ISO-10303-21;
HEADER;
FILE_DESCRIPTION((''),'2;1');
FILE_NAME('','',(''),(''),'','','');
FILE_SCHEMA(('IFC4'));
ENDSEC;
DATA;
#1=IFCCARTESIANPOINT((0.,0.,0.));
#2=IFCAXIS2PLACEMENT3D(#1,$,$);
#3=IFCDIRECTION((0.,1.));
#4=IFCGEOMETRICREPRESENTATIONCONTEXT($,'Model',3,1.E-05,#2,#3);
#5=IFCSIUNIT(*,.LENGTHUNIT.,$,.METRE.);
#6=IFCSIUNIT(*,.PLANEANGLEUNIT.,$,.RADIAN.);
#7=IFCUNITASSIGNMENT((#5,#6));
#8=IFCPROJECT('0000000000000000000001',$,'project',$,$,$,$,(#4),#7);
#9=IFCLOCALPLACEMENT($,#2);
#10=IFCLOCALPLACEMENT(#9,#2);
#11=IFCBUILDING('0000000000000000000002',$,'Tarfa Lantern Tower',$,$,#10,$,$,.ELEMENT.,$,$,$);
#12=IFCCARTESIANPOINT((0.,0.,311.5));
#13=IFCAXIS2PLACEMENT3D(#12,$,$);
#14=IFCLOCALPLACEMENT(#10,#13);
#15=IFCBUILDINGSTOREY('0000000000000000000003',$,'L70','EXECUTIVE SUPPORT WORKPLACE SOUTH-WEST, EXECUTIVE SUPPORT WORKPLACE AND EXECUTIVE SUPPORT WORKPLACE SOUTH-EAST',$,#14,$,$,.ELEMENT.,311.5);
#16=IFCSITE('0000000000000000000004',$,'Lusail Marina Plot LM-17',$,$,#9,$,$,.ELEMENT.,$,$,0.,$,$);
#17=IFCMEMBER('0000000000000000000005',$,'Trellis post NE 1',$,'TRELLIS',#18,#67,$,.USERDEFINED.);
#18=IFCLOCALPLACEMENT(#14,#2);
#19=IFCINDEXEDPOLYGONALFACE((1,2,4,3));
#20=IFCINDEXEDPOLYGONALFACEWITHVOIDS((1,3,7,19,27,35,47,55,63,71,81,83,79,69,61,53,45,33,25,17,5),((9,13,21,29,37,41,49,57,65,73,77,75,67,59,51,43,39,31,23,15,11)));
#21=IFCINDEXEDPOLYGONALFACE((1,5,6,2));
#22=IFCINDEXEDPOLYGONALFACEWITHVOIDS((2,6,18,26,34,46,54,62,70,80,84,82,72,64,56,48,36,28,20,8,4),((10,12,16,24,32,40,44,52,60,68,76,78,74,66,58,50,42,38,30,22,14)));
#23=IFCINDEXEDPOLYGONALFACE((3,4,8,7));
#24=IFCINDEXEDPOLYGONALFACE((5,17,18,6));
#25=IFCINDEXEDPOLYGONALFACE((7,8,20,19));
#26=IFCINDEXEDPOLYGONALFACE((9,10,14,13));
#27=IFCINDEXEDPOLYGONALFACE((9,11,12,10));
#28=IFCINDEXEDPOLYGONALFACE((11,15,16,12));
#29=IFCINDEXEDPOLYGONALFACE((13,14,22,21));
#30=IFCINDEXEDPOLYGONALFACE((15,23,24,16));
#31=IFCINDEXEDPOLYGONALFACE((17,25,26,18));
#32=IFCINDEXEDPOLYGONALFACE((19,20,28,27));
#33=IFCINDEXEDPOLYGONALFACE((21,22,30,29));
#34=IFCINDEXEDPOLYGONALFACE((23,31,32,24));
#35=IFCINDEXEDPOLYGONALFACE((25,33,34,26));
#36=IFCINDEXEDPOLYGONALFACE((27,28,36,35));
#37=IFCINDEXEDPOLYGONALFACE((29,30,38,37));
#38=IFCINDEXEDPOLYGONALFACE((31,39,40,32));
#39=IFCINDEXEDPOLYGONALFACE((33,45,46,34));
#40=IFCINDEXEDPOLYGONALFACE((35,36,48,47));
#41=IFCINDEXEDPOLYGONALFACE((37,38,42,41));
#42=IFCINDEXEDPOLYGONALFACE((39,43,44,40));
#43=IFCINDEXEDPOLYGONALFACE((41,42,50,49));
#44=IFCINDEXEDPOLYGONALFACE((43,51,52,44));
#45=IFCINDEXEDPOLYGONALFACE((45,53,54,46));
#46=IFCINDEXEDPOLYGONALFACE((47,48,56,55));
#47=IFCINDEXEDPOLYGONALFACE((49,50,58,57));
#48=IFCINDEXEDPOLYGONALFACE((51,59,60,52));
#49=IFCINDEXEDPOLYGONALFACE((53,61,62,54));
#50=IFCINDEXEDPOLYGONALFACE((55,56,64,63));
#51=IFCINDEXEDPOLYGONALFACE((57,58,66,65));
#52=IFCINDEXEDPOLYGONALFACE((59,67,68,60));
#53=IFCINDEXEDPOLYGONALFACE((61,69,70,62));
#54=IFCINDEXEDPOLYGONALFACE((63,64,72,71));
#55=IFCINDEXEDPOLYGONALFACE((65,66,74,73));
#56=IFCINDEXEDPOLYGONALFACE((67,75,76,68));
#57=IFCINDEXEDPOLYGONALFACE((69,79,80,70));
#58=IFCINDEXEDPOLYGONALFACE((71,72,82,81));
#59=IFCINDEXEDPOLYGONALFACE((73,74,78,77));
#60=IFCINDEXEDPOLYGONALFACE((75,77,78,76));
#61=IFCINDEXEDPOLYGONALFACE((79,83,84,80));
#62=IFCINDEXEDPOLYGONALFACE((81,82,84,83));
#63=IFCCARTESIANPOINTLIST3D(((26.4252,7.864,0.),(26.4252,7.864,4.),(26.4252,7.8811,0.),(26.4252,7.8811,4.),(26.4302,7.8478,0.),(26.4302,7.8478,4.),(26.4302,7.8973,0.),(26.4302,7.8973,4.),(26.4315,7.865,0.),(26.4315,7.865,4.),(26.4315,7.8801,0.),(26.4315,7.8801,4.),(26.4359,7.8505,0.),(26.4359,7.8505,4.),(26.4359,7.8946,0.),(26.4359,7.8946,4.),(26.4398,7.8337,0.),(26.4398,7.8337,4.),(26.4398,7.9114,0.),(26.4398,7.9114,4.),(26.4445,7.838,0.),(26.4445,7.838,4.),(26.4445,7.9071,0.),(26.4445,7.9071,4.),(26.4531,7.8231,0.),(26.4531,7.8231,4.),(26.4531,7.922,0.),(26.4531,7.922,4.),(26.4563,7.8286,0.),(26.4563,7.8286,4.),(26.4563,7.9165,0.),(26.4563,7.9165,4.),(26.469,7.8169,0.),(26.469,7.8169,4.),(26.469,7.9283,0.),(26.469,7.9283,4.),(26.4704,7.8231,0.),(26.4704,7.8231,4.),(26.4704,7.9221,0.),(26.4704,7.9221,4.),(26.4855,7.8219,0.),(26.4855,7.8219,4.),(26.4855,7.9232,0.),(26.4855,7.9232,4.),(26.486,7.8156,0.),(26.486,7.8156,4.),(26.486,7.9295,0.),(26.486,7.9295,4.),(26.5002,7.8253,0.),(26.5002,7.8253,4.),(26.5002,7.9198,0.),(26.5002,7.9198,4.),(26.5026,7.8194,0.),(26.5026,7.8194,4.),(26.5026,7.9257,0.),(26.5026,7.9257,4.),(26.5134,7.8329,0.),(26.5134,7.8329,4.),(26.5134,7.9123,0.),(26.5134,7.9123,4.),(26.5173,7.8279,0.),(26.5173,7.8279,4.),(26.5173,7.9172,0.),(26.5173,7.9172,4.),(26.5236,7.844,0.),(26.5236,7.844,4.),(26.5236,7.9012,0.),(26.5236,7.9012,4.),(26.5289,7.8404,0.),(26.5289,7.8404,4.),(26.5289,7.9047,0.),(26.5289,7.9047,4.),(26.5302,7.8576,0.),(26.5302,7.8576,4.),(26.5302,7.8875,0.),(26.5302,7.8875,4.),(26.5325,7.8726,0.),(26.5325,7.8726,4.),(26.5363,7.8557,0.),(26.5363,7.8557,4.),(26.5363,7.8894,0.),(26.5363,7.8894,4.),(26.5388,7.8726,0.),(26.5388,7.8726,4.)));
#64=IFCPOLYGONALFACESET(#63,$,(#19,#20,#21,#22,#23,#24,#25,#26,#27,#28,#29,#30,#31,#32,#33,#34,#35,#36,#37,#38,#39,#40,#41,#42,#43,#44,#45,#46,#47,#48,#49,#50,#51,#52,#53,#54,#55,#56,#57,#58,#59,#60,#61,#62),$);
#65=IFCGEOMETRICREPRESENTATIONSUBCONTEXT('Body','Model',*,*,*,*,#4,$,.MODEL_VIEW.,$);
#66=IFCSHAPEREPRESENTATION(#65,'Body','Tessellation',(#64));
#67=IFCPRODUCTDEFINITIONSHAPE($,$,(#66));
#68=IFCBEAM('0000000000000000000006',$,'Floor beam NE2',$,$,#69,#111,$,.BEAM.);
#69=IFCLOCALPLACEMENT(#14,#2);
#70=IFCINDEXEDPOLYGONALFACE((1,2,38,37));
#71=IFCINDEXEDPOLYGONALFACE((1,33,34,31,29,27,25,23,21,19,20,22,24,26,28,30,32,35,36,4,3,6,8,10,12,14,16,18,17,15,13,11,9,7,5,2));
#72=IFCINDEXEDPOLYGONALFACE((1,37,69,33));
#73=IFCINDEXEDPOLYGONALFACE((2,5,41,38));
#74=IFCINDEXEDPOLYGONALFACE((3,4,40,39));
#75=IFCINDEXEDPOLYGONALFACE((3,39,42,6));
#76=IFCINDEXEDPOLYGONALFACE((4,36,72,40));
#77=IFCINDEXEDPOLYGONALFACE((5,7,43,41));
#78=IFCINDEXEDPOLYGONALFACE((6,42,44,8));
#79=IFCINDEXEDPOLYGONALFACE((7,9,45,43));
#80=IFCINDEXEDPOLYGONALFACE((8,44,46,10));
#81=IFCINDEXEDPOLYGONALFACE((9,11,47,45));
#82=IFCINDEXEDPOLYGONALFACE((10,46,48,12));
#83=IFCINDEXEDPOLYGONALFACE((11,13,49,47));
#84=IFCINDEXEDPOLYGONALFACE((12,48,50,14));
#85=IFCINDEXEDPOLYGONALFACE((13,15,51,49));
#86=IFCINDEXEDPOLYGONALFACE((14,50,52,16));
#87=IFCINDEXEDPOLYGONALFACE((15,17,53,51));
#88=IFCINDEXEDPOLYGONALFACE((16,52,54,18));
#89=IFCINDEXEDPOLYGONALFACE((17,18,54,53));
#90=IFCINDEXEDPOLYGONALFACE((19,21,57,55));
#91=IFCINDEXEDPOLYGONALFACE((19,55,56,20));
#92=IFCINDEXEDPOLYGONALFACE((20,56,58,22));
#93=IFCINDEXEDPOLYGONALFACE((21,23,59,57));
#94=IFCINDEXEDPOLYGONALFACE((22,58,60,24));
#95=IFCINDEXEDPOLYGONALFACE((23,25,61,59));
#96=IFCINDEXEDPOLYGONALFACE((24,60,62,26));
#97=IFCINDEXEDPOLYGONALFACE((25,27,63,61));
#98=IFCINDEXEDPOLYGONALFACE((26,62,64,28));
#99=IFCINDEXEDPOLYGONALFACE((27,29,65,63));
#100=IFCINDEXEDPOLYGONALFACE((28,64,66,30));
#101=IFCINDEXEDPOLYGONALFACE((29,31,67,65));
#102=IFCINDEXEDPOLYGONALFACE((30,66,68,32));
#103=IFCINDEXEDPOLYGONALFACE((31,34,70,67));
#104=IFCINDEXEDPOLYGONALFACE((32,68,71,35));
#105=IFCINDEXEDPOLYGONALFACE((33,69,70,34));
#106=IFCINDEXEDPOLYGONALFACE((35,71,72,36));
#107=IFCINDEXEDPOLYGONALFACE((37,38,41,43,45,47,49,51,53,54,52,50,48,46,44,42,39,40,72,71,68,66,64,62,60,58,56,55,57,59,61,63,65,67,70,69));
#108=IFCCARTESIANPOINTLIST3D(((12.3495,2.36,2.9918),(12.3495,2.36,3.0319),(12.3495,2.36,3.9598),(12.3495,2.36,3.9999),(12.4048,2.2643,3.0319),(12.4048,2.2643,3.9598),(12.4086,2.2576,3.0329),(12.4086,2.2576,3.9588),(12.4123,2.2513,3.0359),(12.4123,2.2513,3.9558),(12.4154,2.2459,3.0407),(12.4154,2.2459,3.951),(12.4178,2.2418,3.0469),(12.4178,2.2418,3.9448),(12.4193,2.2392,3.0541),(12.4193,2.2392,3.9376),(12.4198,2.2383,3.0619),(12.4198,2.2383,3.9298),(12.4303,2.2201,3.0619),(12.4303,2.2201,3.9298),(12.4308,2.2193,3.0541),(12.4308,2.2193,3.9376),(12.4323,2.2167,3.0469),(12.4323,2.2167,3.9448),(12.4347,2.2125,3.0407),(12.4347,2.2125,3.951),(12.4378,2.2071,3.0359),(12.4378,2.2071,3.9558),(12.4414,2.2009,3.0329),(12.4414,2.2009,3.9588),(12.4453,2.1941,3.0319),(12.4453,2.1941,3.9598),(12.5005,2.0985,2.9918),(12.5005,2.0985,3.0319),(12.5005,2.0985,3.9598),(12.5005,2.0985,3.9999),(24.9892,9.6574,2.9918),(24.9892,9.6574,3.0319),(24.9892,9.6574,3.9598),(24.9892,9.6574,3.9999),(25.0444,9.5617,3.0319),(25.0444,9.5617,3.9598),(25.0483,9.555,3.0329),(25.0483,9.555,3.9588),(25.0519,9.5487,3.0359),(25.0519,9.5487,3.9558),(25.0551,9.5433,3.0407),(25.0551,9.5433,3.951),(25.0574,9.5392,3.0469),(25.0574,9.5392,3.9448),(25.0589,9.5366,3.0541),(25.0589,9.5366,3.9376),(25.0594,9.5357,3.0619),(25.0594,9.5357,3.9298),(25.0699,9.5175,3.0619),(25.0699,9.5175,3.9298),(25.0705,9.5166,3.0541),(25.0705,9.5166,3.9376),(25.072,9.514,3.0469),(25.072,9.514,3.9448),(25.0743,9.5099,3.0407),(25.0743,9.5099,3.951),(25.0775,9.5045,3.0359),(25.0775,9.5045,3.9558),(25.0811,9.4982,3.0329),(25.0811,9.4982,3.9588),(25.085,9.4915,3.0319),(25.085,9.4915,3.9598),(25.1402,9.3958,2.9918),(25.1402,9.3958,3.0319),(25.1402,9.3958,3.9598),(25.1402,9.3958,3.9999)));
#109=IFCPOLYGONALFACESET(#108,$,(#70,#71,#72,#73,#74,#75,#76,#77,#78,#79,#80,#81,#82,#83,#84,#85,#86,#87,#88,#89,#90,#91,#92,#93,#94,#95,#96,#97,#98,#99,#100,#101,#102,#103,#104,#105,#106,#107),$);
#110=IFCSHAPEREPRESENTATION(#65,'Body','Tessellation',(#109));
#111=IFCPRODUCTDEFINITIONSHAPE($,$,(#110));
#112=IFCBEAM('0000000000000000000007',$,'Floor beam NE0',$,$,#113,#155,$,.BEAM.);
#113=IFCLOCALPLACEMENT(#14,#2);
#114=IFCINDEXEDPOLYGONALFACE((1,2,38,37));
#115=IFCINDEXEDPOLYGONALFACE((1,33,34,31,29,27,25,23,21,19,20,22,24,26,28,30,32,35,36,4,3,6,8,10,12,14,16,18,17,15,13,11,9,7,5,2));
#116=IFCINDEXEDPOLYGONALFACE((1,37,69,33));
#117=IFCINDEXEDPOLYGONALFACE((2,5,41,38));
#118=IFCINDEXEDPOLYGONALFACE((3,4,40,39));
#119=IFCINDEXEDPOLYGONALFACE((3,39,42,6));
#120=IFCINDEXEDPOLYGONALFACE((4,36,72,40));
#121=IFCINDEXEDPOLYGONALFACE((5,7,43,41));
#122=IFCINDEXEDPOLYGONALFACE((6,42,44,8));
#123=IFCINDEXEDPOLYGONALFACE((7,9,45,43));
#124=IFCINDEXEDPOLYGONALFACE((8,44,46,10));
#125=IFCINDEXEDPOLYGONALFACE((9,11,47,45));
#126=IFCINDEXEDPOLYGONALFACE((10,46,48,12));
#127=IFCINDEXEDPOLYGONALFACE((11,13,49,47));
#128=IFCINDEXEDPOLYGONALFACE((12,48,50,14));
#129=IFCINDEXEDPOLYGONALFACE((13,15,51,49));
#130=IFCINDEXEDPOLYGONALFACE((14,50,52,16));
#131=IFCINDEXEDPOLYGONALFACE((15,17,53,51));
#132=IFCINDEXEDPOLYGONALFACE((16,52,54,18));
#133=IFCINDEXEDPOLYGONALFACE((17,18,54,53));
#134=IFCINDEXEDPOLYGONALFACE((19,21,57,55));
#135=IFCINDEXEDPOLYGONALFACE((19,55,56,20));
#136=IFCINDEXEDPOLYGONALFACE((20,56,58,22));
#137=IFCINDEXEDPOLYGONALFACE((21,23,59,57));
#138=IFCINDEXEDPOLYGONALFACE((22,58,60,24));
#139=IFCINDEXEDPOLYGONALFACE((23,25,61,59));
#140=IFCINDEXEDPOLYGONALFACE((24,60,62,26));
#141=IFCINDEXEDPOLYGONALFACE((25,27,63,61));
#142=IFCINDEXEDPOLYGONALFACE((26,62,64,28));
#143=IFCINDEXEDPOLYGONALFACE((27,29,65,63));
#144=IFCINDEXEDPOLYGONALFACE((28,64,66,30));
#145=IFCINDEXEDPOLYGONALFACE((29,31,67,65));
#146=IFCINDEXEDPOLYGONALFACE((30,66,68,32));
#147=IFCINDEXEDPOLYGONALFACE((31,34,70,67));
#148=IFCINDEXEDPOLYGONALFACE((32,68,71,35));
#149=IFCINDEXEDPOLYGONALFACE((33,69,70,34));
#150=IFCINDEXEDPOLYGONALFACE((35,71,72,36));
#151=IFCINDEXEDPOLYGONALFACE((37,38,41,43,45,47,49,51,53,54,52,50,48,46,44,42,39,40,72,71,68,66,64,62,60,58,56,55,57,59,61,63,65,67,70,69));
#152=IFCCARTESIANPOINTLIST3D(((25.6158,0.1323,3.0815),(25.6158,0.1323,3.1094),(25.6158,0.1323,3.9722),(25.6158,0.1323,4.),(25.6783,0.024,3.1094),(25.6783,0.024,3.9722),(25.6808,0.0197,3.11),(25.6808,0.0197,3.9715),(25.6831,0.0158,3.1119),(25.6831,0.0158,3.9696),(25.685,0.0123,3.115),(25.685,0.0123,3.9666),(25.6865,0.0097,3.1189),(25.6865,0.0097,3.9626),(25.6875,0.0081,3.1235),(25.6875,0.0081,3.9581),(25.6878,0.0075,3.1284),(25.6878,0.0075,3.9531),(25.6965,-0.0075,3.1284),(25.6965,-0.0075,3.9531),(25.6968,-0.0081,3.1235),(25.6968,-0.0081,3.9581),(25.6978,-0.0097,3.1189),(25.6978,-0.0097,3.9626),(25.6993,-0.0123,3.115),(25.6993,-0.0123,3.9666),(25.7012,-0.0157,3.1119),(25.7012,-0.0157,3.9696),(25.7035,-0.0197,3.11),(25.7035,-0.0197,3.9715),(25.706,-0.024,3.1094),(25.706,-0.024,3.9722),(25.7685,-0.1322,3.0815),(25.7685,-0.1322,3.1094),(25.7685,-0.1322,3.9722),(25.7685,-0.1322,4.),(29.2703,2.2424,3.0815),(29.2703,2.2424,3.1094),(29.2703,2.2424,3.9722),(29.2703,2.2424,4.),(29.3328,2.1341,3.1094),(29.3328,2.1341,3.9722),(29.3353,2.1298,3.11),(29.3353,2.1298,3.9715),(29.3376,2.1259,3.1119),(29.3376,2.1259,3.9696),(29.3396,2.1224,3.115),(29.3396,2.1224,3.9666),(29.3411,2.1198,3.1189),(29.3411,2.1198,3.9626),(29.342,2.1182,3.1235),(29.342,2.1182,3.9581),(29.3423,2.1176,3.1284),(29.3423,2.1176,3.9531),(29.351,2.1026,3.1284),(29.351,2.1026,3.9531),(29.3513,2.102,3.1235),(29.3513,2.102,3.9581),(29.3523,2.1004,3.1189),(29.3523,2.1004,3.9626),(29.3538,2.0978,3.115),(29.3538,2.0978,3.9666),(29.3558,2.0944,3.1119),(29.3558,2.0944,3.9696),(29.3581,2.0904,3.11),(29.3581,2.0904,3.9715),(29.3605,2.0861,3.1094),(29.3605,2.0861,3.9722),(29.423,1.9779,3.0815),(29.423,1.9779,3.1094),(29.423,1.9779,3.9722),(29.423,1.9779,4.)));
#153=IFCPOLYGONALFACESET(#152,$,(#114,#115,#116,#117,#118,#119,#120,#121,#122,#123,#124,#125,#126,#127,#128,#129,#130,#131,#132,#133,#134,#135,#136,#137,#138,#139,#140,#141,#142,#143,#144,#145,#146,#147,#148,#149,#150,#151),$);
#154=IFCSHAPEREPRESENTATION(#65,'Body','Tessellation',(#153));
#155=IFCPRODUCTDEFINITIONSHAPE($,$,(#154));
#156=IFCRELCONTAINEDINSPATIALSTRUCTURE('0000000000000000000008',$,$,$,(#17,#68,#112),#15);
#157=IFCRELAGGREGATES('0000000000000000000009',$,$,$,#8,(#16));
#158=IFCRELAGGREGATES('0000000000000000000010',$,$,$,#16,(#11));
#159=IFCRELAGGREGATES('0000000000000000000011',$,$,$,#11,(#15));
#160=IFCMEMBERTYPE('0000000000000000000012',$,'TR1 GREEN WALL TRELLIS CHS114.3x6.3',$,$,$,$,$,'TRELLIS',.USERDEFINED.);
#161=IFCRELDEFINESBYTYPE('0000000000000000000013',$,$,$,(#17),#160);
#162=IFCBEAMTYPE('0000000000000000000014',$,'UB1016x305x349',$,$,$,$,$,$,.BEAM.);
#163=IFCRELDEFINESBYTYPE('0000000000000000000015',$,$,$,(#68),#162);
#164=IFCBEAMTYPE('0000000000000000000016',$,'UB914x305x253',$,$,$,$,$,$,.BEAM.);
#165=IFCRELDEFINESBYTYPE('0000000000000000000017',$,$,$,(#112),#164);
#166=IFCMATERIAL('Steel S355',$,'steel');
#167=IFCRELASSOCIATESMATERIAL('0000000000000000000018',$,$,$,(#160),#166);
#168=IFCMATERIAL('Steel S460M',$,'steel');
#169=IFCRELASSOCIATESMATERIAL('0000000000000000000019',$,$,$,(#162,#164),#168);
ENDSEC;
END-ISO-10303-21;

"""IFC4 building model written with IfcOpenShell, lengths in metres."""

from ifc_helpers import new_model, si_unit, direction, frame, origin, origin_2d, place, context, subcontext, project, spatial, hollow_circle, i_section, extrude, material, material_profile, profile_set, type_object, element, save


model = new_model("IFC4")

# Units and contexts
model_context = context("Model", 3, precision=1e-05, world=origin(), true_north=direction((0.0, 1.0)))
body_context = subcontext(model_context, "Body", "Model", "MODEL_VIEW")
ifc_project = project(units=[si_unit("LENGTHUNIT", "METRE"), si_unit("PLANEANGLEUNIT", "RADIAN")], contexts=[model_context])

# Site, building, storey
site_placement = place(None, origin())
site = spatial("IfcSite", under=ifc_project, at=site_placement, Name="Lusail Marina Plot LM-17", CompositionType="ELEMENT", RefElevation=0.0)
building_placement = place(site_placement, origin())
building = spatial("IfcBuilding", under=site, at=building_placement, Name="Tarfa Lantern Tower", CompositionType="ELEMENT")
storey_placement = place(building_placement, frame((0.0, 0.0, 311.5)))
storey = spatial("IfcBuildingStorey", under=building, at=storey_placement, Name="L70", Description="EXECUTIVE SUPPORT WORKPLACE SOUTH-WEST, EXECUTIVE SUPPORT WORKPLACE AND EXECUTIVE SUPPORT WORKPLACE SOUTH-EAST", CompositionType="ELEMENT", Elevation=311.5)

# Shared definitions
ifc_material_1 = material(Name="Steel S460M", Category="steel")

# Member
ifc_material_2 = material(Name="Steel S355", Category="steel")
ifc_material_profile_1 = material_profile(ifc_material_2, hollow_circle(Radius=0.0571, WallThickness=0.0063, at=origin_2d()), Name="CHS114.3x6.3")
ifc_profile_set_1 = profile_set([ifc_material_profile_1], Name="Steel S355")
member_type_1 = type_object("IfcMemberType", Name="TR1 GREEN WALL TRELLIS CHS114.3x6.3", ElementType="TRELLIS", PredefinedType="USERDEFINED", material=ifc_profile_set_1)
member_1_placement = place(storey_placement, frame((26.4817, 7.8726, 0.0), z_axis=(0.0, 0.0, 1.0), x_axis=(1.0, 0.0, 0.0)))
element("IfcMember", 1, at=member_1_placement, inside=storey, type_object=member_type_1, Name="Trellis post NE 1", ObjectType="TRELLIS", PredefinedType="USERDEFINED", context=body_context, shape_type="SweptSolid", body=[
    extrude(hollow_circle(Radius=0.0571, WallThickness=0.0063, at=origin_2d()), origin(), (0.0, 0.0, 1.0), 4.0),
])

# Beams
ifc_material_profile_2 = material_profile(ifc_material_1, i_section(OverallWidth=0.302, OverallDepth=1.0081, WebThickness=0.021, FlangeThickness=0.04, FilletRadius=0.03, at=origin_2d()), Name="UB1016x305x349")
ifc_profile_set_2 = profile_set([ifc_material_profile_2], Name="Steel S460M")
beam_type_1 = type_object("IfcBeamType", Name="UB1016x305x349", PredefinedType="BEAM", material=ifc_profile_set_2)
beam_1_placement = place(storey_placement, frame((25.0647, 9.5266, 3.4958), z_axis=(-0.86603, -0.499993, 0.0), x_axis=(0.499993, -0.86603, 0.0)))
element("IfcBeam", 2, at=beam_1_placement, inside=storey, type_object=beam_type_1, Name="Floor beam NE2", PredefinedType="BEAM", context=body_context, shape_type="SweptSolid", body=[
    extrude(i_section(OverallWidth=0.302, OverallDepth=1.0081, WebThickness=0.021, FlangeThickness=0.04, FilletRadius=0.03, at=origin_2d()), origin(), (0.0, 0.0, 1.0), 14.595),
])
ifc_material_profile_3 = material_profile(ifc_material_1, i_section(OverallWidth=0.3054, OverallDepth=0.9185, WebThickness=0.0173, FlangeThickness=0.0278, FilletRadius=0.019, at=origin_2d()), Name="UB914x305x253")
ifc_profile_set_3 = profile_set([ifc_material_profile_3], Name="Steel S460M")
beam_type_2 = type_object("IfcBeamType", Name="UB914x305x253", PredefinedType="BEAM", material=ifc_profile_set_3)
beam_2_placement = place(storey_placement, frame((29.3467, 2.1101, 3.5408), z_axis=(-0.866009, -0.500028, 0.0), x_axis=(0.500028, -0.866009, 0.0)))
element("IfcBeam", 3, at=beam_2_placement, inside=storey, type_object=beam_type_2, Name="Floor beam NE0", PredefinedType="BEAM", context=body_context, shape_type="SweptSolid", body=[
    extrude(i_section(OverallWidth=0.3054, OverallDepth=0.9185, WebThickness=0.0173, FlangeThickness=0.0278, FilletRadius=0.019, at=origin_2d()), origin(), (0.0, 0.0, 1.0), 4.22),
])

save(model, "model.ifc")
